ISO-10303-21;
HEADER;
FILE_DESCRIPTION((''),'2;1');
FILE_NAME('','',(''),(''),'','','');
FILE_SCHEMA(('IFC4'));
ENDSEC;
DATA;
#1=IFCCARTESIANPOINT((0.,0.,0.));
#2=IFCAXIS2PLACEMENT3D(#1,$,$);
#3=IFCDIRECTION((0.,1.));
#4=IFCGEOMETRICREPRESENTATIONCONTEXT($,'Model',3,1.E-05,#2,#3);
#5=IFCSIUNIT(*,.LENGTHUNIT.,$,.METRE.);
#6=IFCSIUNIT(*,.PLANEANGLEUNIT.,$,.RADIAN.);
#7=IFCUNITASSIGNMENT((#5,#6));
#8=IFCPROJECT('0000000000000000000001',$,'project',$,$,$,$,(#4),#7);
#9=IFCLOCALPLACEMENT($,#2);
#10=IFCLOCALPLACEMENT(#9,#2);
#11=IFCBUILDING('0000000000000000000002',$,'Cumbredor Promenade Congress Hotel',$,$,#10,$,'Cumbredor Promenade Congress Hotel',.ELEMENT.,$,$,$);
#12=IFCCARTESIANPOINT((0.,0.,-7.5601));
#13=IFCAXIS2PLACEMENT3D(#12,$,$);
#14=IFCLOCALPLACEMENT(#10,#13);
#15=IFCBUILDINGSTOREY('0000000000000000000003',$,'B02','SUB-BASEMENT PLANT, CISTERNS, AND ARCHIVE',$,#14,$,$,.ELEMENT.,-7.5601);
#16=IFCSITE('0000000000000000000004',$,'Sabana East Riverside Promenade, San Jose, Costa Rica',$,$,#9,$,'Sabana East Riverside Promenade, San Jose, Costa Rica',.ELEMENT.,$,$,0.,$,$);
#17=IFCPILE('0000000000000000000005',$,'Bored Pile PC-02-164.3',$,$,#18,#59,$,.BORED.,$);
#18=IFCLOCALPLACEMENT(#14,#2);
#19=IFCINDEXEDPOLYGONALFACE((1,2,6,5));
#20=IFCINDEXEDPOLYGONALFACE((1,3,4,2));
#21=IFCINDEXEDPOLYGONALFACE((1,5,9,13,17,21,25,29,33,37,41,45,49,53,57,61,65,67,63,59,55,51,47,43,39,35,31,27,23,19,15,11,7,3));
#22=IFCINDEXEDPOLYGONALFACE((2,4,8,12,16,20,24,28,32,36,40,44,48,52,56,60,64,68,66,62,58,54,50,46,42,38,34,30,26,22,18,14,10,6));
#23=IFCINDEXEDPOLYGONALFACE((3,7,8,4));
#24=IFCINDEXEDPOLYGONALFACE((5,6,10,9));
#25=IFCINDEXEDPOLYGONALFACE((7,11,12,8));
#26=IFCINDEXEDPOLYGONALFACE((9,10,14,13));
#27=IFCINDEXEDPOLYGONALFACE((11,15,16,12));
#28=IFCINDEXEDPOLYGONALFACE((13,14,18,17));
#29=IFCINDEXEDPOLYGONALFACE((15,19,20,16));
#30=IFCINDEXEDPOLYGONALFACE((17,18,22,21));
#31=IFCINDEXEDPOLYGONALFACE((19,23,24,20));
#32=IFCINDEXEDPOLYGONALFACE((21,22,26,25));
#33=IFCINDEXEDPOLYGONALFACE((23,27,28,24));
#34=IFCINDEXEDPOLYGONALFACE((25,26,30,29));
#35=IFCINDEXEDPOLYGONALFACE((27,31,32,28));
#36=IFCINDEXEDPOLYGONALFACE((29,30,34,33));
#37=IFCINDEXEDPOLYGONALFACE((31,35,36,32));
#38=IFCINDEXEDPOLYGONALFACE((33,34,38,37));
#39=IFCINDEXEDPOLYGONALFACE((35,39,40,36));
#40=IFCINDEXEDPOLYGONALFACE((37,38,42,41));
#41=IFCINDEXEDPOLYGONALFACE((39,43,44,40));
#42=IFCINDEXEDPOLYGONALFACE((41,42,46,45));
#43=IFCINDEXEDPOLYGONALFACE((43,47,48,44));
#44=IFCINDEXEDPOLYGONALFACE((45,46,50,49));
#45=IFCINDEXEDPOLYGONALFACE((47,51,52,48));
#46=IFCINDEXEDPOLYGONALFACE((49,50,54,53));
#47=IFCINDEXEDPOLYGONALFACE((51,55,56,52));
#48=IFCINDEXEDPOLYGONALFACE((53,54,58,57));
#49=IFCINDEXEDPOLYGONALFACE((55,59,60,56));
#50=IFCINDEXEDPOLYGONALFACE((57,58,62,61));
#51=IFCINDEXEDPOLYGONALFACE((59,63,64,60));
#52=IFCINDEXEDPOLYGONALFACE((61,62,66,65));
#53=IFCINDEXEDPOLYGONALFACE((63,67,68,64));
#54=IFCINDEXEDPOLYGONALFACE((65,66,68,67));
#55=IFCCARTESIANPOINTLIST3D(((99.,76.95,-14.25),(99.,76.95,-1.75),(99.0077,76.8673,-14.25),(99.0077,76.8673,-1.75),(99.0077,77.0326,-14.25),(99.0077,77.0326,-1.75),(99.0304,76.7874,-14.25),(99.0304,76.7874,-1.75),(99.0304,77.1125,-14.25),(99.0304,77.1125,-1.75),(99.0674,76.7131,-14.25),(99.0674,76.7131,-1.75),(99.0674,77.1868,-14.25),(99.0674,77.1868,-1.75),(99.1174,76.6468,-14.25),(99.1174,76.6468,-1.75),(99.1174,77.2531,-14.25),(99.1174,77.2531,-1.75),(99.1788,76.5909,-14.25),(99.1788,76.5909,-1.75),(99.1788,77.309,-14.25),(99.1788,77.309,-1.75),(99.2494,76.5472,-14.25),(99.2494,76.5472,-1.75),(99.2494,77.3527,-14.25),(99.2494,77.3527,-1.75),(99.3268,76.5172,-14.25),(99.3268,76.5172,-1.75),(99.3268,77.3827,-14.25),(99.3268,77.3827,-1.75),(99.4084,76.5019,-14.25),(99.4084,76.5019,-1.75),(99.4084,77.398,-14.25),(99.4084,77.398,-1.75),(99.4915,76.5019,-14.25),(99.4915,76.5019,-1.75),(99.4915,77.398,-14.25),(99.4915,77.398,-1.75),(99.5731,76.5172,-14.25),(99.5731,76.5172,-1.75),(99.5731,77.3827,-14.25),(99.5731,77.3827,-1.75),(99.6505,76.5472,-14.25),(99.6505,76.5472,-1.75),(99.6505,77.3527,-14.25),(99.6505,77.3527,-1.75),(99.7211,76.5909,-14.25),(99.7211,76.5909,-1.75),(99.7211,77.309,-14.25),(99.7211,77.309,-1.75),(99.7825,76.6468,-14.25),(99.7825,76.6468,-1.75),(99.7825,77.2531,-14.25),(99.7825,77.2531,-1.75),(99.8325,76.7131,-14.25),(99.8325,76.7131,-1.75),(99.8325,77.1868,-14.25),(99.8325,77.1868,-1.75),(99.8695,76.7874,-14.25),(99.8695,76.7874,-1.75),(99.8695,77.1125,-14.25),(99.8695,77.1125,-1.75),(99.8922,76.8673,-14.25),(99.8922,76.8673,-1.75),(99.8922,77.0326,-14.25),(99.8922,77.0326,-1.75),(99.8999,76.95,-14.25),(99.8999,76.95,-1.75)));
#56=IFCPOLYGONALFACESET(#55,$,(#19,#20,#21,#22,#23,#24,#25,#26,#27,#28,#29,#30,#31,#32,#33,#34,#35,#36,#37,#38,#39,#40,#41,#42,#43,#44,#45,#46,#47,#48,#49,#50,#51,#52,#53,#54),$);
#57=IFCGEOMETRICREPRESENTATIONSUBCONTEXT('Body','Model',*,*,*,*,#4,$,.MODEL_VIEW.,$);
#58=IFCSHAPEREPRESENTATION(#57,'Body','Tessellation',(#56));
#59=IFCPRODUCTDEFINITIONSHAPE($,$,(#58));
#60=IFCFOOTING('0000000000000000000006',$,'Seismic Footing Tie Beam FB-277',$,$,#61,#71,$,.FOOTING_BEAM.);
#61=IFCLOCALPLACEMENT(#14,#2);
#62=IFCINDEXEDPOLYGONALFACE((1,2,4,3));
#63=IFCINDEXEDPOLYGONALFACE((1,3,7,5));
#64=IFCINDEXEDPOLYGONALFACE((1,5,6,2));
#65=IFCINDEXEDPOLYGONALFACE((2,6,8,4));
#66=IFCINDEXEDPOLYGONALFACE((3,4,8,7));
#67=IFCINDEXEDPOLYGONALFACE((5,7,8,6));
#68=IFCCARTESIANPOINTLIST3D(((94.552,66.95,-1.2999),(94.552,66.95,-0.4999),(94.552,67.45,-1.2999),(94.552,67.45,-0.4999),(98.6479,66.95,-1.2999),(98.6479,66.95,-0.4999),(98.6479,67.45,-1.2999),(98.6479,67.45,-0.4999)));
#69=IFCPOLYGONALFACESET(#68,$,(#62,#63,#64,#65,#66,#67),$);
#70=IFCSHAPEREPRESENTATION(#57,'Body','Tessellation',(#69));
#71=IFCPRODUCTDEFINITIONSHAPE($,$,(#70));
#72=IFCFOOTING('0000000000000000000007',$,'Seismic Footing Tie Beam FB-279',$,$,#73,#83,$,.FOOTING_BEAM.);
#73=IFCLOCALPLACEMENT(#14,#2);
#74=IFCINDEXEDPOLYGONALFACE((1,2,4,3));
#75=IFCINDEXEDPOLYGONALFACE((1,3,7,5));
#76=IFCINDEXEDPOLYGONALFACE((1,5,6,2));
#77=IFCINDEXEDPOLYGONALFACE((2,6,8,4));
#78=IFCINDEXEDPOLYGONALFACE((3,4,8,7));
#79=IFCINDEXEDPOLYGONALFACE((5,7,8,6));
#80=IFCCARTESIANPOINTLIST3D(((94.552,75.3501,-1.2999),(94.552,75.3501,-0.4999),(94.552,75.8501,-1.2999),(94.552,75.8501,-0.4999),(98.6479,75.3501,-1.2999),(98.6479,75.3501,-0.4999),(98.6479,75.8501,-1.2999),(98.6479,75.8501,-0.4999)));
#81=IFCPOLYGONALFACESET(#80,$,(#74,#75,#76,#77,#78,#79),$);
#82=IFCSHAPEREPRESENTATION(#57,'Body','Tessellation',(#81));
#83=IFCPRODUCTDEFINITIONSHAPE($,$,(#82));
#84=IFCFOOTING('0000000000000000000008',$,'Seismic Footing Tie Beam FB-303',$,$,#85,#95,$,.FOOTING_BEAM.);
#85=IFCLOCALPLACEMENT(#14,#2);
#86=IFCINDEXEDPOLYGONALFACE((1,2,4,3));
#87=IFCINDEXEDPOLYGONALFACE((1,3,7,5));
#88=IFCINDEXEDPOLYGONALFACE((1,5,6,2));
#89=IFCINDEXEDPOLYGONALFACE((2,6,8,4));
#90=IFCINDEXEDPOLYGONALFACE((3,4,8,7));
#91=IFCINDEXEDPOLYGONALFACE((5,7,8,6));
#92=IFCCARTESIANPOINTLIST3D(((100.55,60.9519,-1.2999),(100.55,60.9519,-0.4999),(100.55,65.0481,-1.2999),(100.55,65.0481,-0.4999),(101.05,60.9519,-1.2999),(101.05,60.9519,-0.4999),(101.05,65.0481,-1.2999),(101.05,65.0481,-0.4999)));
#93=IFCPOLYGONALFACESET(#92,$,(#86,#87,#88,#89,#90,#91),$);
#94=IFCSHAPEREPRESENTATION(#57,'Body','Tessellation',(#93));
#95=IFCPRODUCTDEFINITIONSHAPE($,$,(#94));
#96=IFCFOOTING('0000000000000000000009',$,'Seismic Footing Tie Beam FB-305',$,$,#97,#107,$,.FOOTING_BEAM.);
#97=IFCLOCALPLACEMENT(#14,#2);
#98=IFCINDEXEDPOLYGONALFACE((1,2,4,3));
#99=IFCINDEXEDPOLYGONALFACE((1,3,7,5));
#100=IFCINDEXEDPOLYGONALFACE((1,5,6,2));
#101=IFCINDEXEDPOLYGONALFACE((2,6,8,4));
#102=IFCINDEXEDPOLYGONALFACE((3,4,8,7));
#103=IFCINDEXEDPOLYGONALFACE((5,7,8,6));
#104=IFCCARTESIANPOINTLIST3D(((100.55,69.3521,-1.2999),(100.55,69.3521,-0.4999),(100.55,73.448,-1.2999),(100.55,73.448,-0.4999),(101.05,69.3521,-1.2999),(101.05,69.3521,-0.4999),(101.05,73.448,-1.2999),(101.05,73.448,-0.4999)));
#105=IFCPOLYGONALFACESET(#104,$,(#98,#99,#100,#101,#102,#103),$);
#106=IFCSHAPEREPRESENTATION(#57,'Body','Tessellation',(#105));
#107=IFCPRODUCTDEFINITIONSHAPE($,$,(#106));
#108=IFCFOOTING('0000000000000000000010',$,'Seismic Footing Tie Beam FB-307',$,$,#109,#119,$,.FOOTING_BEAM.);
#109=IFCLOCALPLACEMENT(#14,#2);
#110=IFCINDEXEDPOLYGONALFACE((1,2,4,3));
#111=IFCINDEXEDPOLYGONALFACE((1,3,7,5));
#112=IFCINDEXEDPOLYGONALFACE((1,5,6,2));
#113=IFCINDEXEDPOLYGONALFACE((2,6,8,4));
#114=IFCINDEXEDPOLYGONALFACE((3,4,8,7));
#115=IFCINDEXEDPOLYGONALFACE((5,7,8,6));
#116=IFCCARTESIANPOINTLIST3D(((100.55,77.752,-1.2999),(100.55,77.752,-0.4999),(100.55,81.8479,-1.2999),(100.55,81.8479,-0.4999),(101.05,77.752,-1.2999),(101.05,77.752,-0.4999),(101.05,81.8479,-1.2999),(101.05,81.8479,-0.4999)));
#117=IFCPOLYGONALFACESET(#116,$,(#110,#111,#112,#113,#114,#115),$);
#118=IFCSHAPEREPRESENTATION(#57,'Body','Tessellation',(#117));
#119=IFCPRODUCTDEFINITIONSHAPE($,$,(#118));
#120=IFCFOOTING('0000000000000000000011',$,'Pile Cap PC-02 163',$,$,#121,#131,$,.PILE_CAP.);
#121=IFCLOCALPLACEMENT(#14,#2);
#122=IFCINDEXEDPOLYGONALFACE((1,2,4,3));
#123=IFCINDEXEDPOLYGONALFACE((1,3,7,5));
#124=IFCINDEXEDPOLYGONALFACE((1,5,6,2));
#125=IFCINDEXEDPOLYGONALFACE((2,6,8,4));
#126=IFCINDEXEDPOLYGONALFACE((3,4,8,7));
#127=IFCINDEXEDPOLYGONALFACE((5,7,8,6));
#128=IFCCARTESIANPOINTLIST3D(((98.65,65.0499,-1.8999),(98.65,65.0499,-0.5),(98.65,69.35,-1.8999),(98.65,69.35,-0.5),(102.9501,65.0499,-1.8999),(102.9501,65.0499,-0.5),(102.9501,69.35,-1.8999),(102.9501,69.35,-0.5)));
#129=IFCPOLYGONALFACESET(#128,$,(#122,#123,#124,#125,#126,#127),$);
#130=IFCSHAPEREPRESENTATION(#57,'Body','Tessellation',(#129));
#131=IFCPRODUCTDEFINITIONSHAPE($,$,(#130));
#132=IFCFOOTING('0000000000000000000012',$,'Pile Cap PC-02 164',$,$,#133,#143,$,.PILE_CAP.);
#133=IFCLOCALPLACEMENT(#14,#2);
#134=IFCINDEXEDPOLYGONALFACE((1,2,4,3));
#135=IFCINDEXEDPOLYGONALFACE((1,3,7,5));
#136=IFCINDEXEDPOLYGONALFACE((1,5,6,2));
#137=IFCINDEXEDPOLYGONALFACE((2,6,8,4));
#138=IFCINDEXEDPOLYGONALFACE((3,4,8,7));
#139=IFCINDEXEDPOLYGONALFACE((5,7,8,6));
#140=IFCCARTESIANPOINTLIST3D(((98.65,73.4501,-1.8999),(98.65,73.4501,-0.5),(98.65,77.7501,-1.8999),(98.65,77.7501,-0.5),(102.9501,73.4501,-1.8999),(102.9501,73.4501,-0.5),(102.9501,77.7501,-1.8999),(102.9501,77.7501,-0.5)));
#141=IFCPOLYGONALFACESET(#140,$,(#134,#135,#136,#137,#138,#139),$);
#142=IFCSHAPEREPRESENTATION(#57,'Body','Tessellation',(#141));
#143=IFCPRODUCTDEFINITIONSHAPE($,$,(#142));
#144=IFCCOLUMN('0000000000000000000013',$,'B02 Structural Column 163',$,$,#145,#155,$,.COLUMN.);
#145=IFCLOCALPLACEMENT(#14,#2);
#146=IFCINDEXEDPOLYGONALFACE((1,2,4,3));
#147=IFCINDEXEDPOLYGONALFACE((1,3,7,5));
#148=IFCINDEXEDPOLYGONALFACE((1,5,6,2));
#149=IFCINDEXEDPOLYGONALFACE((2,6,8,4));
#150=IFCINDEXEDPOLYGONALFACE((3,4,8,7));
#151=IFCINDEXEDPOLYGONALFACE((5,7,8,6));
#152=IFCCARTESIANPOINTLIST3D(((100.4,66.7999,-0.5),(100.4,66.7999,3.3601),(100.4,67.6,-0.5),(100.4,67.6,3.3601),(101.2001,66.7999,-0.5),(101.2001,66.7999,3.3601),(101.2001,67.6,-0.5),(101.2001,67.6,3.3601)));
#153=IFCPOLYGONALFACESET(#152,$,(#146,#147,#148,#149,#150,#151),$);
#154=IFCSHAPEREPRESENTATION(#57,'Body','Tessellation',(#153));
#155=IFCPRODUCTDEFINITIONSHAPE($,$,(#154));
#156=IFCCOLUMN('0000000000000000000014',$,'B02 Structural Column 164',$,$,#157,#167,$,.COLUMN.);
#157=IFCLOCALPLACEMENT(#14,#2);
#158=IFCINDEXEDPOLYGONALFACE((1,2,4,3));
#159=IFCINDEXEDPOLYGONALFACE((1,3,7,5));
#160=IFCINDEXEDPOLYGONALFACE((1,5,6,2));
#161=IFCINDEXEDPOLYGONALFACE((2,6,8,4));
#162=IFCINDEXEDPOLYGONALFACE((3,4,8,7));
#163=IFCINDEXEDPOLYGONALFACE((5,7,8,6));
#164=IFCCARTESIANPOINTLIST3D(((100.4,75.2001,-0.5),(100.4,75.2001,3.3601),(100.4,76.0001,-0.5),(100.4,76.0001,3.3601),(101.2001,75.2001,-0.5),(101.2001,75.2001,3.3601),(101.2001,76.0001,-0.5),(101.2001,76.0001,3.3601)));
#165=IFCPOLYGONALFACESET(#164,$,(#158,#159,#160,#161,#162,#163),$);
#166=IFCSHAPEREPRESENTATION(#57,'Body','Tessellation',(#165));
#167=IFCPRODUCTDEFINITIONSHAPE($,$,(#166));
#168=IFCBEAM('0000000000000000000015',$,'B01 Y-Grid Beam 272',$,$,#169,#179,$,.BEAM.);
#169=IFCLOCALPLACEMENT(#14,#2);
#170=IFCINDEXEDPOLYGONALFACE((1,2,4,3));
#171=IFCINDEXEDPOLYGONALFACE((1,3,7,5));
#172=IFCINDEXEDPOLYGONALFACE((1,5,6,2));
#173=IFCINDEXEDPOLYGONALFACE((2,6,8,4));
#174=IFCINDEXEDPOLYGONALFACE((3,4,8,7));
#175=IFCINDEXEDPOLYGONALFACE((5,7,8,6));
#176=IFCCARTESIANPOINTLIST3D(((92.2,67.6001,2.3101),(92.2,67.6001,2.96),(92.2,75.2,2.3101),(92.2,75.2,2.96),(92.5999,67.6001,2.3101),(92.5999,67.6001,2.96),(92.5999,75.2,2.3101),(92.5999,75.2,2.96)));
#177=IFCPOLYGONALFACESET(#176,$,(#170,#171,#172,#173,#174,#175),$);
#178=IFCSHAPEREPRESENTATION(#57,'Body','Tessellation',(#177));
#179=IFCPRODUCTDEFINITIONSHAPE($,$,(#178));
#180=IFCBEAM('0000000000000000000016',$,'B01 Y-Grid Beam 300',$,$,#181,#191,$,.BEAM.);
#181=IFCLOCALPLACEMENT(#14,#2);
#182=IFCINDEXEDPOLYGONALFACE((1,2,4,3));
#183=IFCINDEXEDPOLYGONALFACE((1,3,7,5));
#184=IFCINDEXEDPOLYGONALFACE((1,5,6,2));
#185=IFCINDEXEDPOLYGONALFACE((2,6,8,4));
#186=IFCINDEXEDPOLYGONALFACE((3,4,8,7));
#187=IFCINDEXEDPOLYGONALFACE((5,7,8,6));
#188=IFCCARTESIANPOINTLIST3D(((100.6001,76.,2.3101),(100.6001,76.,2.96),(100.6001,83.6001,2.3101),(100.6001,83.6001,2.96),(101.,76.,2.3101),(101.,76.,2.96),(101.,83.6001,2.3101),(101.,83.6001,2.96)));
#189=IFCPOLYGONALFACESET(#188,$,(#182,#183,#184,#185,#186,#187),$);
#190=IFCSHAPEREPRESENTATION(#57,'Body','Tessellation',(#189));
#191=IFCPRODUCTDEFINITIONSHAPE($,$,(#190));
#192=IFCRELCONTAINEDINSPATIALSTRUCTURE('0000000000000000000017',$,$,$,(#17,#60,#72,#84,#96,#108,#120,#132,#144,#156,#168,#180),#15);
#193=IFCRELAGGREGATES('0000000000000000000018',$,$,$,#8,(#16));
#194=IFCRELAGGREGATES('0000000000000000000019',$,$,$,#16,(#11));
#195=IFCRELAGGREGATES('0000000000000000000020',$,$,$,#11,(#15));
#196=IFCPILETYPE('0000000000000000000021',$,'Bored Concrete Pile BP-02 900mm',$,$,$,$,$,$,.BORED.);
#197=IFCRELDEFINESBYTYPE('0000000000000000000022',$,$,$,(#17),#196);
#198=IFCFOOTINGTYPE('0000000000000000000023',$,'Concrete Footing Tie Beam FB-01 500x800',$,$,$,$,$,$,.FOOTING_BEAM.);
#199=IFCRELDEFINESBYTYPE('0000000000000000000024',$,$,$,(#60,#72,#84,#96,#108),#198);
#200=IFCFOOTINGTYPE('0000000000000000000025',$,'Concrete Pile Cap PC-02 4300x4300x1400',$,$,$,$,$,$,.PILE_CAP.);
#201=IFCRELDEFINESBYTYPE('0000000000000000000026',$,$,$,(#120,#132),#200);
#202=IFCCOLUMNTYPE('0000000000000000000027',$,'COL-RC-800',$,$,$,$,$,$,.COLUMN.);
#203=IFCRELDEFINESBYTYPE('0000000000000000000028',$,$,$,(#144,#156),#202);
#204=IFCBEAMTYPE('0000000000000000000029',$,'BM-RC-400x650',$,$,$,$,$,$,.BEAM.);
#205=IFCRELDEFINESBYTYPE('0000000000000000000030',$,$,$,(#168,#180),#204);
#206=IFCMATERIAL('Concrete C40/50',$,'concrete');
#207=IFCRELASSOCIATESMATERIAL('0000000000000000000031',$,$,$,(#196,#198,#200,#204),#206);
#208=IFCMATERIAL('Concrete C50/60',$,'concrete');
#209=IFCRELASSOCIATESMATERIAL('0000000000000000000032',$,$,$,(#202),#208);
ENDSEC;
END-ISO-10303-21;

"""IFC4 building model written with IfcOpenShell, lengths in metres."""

from ifc_helpers import new_model, si_unit, direction, frame, origin, origin_2d, place, context, subcontext, project, spatial, rectangle, circle, extrude, material, material_profile, profile_set, type_object, element, save


model = new_model("IFC4")

# Units and contexts
model_context = context("Model", 3, precision=1e-05, world=origin(), true_north=direction((0.0, 1.0)))
body_context = subcontext(model_context, "Body", "Model", "MODEL_VIEW")
ifc_project = project(units=[si_unit("LENGTHUNIT", "METRE"), si_unit("PLANEANGLEUNIT", "RADIAN")], contexts=[model_context])

# Site, building, storey
site_placement = place(None, origin())
site = spatial("IfcSite", under=ifc_project, at=site_placement, Name="Sabana East Riverside Promenade, San Jose, Costa Rica", LongName="Sabana East Riverside Promenade, San Jose, Costa Rica", CompositionType="ELEMENT", RefElevation=0.0)
building_placement = place(site_placement, origin())
building = spatial("IfcBuilding", under=site, at=building_placement, Name="Cumbredor Promenade Congress Hotel", LongName="Cumbredor Promenade Congress Hotel", CompositionType="ELEMENT")
storey_placement = place(building_placement, frame((0.0, 0.0, -7.5601)))
storey = spatial("IfcBuildingStorey", under=building, at=storey_placement, Name="B02", Description="SUB-BASEMENT PLANT, CISTERNS, AND ARCHIVE", CompositionType="ELEMENT", Elevation=-7.5601)

# Pile
ifc_material_1 = material(Name="Concrete C40/50", Category="concrete")
ifc_material_profile_1 = material_profile(ifc_material_1, circle(Radius=0.45, at=origin_2d()), Name="PILE D900")
ifc_profile_set_1 = profile_set([ifc_material_profile_1], Name="Concrete C40/50")
pile_type = type_object("IfcPileType", Name="Bored Concrete Pile BP-02 900mm", PredefinedType="BORED", material=ifc_profile_set_1)
for number, where, z_axis, x_axis, name in (
    (1, (99.45, 76.95, -1.75), (0.0, 0.0, -1.0), (1.0, 0.0, 0.0), "Bored Pile PC-02-164.3"),
):
    element("IfcPile", number, at=place(storey_placement, frame(where, z_axis=z_axis, x_axis=x_axis)), inside=storey, type_object=pile_type, Name=name, PredefinedType="BORED", context=body_context, shape_type="SweptSolid", body=[
        extrude(circle(Radius=0.45, at=origin_2d()), origin(), (0.0, 0.0, 1.0), 12.5),
    ])

# Footings
ifc_material_profile_2 = material_profile(ifc_material_1, rectangle(XDim=0.5, YDim=0.8, at=origin_2d()), Name="FB 500x800")
ifc_profile_set_2 = profile_set([ifc_material_profile_2], Name="Concrete C40/50")
footing_type_1 = type_object("IfcFootingType", Name="Concrete Footing Tie Beam FB-01 500x800", PredefinedType="FOOTING_BEAM", material=ifc_profile_set_2)
for number, where, z_axis, x_axis, name in (
    (2, (94.552, 67.2, -0.8999), (1.0, 0.0, 0.0), (0.0, 1.0, 0.0), "Seismic Footing Tie Beam FB-277"),
    (3, (94.552, 75.6001, -0.8999), (1.0, 0.0, 0.0), (0.0, 1.0, 0.0), "Seismic Footing Tie Beam FB-279"),
):
    element("IfcFooting", number, at=place(storey_placement, frame(where, z_axis=z_axis, x_axis=x_axis)), inside=storey, type_object=footing_type_1, Name=name, PredefinedType="FOOTING_BEAM", context=body_context, shape_type="SweptSolid", body=[
        extrude(rectangle(XDim=0.5, YDim=0.8, at=origin_2d()), origin(), (0.0, 0.0, 1.0), 4.0959),
    ])
footing_placement = place(storey_placement, frame((100.8, 60.9519, -0.8999), z_axis=(0.0, 1.0, 0.0), x_axis=(-1.0, 0.0, 0.0)))
element("IfcFooting", 4, at=footing_placement, inside=storey, type_object=footing_type_1, Name="Seismic Footing Tie Beam FB-303", PredefinedType="FOOTING_BEAM", context=body_context, shape_type="SweptSolid", body=[
    extrude(rectangle(XDim=0.5, YDim=0.8, at=origin_2d()), origin(), (0.0, 0.0, 1.0), 4.0962),
])
for number, where, z_axis, x_axis, name in (
    (5, (100.8, 69.3521, -0.8999), (0.0, 1.0, 0.0), (-1.0, 0.0, 0.0), "Seismic Footing Tie Beam FB-305"),
    (6, (100.8, 77.752, -0.8999), (0.0, 1.0, 0.0), (-1.0, 0.0, 0.0), "Seismic Footing Tie Beam FB-307"),
):
    element("IfcFooting", number, at=place(storey_placement, frame(where, z_axis=z_axis, x_axis=x_axis)), inside=storey, type_object=footing_type_1, Name=name, PredefinedType="FOOTING_BEAM", context=body_context, shape_type="SweptSolid", body=[
        extrude(rectangle(XDim=0.5, YDim=0.8, at=origin_2d()), origin(), (0.0, 0.0, 1.0), 4.0959),
    ])
footing_type_2 = type_object("IfcFootingType", Name="Concrete Pile Cap PC-02 4300x4300x1400", PredefinedType="PILE_CAP", material=ifc_material_1)
for number, where, z_axis, x_axis, name in (
    (7, (100.8, 67.2, -1.8999), (0.0, 0.0, 1.0), (1.0, 0.0, 0.0), "Pile Cap PC-02 163"),
    (8, (100.8, 75.6001, -1.8999), (0.0, 0.0, 1.0), (1.0, 0.0, 0.0), "Pile Cap PC-02 164"),
):
    element("IfcFooting", number, at=place(storey_placement, frame(where, z_axis=z_axis, x_axis=x_axis)), inside=storey, type_object=footing_type_2, Name=name, PredefinedType="PILE_CAP", context=body_context, shape_type="SweptSolid", body=[
        extrude(rectangle(XDim=4.3, YDim=4.3, at=origin_2d()), origin(), (0.0, 0.0, 1.0), 1.3999),
    ])

# Columns
ifc_material_2 = material(Name="Concrete C50/60", Category="concrete")
ifc_material_profile_3 = material_profile(ifc_material_2, rectangle(XDim=0.8, YDim=0.8, at=origin_2d()), Name="RC 800x800")
ifc_profile_set_3 = profile_set([ifc_material_profile_3], Name="Concrete C50/60")
column_type = type_object("IfcColumnType", Name="COL-RC-800", PredefinedType="COLUMN", material=ifc_profile_set_3)
for number, where, z_axis, x_axis, name in (
    (9, (100.8, 67.2, -0.5), (0.0, 0.0, 1.0), (1.0, 0.0, 0.0), "B02 Structural Column 163"),
    (10, (100.8, 75.6001, -0.5), (0.0, 0.0, 1.0), (1.0, 0.0, 0.0), "B02 Structural Column 164"),
):
    element("IfcColumn", number, at=place(storey_placement, frame(where, z_axis=z_axis, x_axis=x_axis)), inside=storey, type_object=column_type, Name=name, PredefinedType="COLUMN", context=body_context, shape_type="SweptSolid", body=[
        extrude(rectangle(XDim=0.8, YDim=0.8, at=origin_2d()), origin(), (0.0, 0.0, 1.0), 3.8601),
    ])

# Beams
ifc_material_profile_4 = material_profile(ifc_material_1, rectangle(XDim=0.3999, YDim=0.6499, at=origin_2d()), Name="RC BEAM 400x650")
ifc_profile_set_4 = profile_set([ifc_material_profile_4], Name="Concrete C40/50")
beam_type_1 = type_object("IfcBeamType", Name="BM-RC-400x650", PredefinedType="BEAM", material=ifc_profile_set_4)
beam_1_placement = place(storey_placement, frame((92.3999, 67.6001, 2.635), z_axis=(0.0, 1.0, 0.0), x_axis=(-1.0, 0.0, 0.0)))
element("IfcBeam", 11, at=beam_1_placement, inside=storey, type_object=beam_type_1, Name="B01 Y-Grid Beam 272", PredefinedType="BEAM", context=body_context, shape_type="SweptSolid", body=[
    extrude(rectangle(XDim=0.3999, YDim=0.6499, at=origin_2d()), origin(), (0.0, 0.0, 1.0), 7.5999),
])
beam_2_placement = place(storey_placement, frame((100.8, 76.0, 2.635), z_axis=(0.0, 1.0, 0.0), x_axis=(-1.0, 0.0, 0.0)))
element("IfcBeam", 12, at=beam_2_placement, inside=storey, type_object=beam_type_1, Name="B01 Y-Grid Beam 300", PredefinedType="BEAM", context=body_context, shape_type="SweptSolid", body=[
    extrude(rectangle(XDim=0.3999, YDim=0.6499, at=origin_2d()), origin(), (0.0, 0.0, 1.0), 7.6001),
])

save(model, "model.ifc")
